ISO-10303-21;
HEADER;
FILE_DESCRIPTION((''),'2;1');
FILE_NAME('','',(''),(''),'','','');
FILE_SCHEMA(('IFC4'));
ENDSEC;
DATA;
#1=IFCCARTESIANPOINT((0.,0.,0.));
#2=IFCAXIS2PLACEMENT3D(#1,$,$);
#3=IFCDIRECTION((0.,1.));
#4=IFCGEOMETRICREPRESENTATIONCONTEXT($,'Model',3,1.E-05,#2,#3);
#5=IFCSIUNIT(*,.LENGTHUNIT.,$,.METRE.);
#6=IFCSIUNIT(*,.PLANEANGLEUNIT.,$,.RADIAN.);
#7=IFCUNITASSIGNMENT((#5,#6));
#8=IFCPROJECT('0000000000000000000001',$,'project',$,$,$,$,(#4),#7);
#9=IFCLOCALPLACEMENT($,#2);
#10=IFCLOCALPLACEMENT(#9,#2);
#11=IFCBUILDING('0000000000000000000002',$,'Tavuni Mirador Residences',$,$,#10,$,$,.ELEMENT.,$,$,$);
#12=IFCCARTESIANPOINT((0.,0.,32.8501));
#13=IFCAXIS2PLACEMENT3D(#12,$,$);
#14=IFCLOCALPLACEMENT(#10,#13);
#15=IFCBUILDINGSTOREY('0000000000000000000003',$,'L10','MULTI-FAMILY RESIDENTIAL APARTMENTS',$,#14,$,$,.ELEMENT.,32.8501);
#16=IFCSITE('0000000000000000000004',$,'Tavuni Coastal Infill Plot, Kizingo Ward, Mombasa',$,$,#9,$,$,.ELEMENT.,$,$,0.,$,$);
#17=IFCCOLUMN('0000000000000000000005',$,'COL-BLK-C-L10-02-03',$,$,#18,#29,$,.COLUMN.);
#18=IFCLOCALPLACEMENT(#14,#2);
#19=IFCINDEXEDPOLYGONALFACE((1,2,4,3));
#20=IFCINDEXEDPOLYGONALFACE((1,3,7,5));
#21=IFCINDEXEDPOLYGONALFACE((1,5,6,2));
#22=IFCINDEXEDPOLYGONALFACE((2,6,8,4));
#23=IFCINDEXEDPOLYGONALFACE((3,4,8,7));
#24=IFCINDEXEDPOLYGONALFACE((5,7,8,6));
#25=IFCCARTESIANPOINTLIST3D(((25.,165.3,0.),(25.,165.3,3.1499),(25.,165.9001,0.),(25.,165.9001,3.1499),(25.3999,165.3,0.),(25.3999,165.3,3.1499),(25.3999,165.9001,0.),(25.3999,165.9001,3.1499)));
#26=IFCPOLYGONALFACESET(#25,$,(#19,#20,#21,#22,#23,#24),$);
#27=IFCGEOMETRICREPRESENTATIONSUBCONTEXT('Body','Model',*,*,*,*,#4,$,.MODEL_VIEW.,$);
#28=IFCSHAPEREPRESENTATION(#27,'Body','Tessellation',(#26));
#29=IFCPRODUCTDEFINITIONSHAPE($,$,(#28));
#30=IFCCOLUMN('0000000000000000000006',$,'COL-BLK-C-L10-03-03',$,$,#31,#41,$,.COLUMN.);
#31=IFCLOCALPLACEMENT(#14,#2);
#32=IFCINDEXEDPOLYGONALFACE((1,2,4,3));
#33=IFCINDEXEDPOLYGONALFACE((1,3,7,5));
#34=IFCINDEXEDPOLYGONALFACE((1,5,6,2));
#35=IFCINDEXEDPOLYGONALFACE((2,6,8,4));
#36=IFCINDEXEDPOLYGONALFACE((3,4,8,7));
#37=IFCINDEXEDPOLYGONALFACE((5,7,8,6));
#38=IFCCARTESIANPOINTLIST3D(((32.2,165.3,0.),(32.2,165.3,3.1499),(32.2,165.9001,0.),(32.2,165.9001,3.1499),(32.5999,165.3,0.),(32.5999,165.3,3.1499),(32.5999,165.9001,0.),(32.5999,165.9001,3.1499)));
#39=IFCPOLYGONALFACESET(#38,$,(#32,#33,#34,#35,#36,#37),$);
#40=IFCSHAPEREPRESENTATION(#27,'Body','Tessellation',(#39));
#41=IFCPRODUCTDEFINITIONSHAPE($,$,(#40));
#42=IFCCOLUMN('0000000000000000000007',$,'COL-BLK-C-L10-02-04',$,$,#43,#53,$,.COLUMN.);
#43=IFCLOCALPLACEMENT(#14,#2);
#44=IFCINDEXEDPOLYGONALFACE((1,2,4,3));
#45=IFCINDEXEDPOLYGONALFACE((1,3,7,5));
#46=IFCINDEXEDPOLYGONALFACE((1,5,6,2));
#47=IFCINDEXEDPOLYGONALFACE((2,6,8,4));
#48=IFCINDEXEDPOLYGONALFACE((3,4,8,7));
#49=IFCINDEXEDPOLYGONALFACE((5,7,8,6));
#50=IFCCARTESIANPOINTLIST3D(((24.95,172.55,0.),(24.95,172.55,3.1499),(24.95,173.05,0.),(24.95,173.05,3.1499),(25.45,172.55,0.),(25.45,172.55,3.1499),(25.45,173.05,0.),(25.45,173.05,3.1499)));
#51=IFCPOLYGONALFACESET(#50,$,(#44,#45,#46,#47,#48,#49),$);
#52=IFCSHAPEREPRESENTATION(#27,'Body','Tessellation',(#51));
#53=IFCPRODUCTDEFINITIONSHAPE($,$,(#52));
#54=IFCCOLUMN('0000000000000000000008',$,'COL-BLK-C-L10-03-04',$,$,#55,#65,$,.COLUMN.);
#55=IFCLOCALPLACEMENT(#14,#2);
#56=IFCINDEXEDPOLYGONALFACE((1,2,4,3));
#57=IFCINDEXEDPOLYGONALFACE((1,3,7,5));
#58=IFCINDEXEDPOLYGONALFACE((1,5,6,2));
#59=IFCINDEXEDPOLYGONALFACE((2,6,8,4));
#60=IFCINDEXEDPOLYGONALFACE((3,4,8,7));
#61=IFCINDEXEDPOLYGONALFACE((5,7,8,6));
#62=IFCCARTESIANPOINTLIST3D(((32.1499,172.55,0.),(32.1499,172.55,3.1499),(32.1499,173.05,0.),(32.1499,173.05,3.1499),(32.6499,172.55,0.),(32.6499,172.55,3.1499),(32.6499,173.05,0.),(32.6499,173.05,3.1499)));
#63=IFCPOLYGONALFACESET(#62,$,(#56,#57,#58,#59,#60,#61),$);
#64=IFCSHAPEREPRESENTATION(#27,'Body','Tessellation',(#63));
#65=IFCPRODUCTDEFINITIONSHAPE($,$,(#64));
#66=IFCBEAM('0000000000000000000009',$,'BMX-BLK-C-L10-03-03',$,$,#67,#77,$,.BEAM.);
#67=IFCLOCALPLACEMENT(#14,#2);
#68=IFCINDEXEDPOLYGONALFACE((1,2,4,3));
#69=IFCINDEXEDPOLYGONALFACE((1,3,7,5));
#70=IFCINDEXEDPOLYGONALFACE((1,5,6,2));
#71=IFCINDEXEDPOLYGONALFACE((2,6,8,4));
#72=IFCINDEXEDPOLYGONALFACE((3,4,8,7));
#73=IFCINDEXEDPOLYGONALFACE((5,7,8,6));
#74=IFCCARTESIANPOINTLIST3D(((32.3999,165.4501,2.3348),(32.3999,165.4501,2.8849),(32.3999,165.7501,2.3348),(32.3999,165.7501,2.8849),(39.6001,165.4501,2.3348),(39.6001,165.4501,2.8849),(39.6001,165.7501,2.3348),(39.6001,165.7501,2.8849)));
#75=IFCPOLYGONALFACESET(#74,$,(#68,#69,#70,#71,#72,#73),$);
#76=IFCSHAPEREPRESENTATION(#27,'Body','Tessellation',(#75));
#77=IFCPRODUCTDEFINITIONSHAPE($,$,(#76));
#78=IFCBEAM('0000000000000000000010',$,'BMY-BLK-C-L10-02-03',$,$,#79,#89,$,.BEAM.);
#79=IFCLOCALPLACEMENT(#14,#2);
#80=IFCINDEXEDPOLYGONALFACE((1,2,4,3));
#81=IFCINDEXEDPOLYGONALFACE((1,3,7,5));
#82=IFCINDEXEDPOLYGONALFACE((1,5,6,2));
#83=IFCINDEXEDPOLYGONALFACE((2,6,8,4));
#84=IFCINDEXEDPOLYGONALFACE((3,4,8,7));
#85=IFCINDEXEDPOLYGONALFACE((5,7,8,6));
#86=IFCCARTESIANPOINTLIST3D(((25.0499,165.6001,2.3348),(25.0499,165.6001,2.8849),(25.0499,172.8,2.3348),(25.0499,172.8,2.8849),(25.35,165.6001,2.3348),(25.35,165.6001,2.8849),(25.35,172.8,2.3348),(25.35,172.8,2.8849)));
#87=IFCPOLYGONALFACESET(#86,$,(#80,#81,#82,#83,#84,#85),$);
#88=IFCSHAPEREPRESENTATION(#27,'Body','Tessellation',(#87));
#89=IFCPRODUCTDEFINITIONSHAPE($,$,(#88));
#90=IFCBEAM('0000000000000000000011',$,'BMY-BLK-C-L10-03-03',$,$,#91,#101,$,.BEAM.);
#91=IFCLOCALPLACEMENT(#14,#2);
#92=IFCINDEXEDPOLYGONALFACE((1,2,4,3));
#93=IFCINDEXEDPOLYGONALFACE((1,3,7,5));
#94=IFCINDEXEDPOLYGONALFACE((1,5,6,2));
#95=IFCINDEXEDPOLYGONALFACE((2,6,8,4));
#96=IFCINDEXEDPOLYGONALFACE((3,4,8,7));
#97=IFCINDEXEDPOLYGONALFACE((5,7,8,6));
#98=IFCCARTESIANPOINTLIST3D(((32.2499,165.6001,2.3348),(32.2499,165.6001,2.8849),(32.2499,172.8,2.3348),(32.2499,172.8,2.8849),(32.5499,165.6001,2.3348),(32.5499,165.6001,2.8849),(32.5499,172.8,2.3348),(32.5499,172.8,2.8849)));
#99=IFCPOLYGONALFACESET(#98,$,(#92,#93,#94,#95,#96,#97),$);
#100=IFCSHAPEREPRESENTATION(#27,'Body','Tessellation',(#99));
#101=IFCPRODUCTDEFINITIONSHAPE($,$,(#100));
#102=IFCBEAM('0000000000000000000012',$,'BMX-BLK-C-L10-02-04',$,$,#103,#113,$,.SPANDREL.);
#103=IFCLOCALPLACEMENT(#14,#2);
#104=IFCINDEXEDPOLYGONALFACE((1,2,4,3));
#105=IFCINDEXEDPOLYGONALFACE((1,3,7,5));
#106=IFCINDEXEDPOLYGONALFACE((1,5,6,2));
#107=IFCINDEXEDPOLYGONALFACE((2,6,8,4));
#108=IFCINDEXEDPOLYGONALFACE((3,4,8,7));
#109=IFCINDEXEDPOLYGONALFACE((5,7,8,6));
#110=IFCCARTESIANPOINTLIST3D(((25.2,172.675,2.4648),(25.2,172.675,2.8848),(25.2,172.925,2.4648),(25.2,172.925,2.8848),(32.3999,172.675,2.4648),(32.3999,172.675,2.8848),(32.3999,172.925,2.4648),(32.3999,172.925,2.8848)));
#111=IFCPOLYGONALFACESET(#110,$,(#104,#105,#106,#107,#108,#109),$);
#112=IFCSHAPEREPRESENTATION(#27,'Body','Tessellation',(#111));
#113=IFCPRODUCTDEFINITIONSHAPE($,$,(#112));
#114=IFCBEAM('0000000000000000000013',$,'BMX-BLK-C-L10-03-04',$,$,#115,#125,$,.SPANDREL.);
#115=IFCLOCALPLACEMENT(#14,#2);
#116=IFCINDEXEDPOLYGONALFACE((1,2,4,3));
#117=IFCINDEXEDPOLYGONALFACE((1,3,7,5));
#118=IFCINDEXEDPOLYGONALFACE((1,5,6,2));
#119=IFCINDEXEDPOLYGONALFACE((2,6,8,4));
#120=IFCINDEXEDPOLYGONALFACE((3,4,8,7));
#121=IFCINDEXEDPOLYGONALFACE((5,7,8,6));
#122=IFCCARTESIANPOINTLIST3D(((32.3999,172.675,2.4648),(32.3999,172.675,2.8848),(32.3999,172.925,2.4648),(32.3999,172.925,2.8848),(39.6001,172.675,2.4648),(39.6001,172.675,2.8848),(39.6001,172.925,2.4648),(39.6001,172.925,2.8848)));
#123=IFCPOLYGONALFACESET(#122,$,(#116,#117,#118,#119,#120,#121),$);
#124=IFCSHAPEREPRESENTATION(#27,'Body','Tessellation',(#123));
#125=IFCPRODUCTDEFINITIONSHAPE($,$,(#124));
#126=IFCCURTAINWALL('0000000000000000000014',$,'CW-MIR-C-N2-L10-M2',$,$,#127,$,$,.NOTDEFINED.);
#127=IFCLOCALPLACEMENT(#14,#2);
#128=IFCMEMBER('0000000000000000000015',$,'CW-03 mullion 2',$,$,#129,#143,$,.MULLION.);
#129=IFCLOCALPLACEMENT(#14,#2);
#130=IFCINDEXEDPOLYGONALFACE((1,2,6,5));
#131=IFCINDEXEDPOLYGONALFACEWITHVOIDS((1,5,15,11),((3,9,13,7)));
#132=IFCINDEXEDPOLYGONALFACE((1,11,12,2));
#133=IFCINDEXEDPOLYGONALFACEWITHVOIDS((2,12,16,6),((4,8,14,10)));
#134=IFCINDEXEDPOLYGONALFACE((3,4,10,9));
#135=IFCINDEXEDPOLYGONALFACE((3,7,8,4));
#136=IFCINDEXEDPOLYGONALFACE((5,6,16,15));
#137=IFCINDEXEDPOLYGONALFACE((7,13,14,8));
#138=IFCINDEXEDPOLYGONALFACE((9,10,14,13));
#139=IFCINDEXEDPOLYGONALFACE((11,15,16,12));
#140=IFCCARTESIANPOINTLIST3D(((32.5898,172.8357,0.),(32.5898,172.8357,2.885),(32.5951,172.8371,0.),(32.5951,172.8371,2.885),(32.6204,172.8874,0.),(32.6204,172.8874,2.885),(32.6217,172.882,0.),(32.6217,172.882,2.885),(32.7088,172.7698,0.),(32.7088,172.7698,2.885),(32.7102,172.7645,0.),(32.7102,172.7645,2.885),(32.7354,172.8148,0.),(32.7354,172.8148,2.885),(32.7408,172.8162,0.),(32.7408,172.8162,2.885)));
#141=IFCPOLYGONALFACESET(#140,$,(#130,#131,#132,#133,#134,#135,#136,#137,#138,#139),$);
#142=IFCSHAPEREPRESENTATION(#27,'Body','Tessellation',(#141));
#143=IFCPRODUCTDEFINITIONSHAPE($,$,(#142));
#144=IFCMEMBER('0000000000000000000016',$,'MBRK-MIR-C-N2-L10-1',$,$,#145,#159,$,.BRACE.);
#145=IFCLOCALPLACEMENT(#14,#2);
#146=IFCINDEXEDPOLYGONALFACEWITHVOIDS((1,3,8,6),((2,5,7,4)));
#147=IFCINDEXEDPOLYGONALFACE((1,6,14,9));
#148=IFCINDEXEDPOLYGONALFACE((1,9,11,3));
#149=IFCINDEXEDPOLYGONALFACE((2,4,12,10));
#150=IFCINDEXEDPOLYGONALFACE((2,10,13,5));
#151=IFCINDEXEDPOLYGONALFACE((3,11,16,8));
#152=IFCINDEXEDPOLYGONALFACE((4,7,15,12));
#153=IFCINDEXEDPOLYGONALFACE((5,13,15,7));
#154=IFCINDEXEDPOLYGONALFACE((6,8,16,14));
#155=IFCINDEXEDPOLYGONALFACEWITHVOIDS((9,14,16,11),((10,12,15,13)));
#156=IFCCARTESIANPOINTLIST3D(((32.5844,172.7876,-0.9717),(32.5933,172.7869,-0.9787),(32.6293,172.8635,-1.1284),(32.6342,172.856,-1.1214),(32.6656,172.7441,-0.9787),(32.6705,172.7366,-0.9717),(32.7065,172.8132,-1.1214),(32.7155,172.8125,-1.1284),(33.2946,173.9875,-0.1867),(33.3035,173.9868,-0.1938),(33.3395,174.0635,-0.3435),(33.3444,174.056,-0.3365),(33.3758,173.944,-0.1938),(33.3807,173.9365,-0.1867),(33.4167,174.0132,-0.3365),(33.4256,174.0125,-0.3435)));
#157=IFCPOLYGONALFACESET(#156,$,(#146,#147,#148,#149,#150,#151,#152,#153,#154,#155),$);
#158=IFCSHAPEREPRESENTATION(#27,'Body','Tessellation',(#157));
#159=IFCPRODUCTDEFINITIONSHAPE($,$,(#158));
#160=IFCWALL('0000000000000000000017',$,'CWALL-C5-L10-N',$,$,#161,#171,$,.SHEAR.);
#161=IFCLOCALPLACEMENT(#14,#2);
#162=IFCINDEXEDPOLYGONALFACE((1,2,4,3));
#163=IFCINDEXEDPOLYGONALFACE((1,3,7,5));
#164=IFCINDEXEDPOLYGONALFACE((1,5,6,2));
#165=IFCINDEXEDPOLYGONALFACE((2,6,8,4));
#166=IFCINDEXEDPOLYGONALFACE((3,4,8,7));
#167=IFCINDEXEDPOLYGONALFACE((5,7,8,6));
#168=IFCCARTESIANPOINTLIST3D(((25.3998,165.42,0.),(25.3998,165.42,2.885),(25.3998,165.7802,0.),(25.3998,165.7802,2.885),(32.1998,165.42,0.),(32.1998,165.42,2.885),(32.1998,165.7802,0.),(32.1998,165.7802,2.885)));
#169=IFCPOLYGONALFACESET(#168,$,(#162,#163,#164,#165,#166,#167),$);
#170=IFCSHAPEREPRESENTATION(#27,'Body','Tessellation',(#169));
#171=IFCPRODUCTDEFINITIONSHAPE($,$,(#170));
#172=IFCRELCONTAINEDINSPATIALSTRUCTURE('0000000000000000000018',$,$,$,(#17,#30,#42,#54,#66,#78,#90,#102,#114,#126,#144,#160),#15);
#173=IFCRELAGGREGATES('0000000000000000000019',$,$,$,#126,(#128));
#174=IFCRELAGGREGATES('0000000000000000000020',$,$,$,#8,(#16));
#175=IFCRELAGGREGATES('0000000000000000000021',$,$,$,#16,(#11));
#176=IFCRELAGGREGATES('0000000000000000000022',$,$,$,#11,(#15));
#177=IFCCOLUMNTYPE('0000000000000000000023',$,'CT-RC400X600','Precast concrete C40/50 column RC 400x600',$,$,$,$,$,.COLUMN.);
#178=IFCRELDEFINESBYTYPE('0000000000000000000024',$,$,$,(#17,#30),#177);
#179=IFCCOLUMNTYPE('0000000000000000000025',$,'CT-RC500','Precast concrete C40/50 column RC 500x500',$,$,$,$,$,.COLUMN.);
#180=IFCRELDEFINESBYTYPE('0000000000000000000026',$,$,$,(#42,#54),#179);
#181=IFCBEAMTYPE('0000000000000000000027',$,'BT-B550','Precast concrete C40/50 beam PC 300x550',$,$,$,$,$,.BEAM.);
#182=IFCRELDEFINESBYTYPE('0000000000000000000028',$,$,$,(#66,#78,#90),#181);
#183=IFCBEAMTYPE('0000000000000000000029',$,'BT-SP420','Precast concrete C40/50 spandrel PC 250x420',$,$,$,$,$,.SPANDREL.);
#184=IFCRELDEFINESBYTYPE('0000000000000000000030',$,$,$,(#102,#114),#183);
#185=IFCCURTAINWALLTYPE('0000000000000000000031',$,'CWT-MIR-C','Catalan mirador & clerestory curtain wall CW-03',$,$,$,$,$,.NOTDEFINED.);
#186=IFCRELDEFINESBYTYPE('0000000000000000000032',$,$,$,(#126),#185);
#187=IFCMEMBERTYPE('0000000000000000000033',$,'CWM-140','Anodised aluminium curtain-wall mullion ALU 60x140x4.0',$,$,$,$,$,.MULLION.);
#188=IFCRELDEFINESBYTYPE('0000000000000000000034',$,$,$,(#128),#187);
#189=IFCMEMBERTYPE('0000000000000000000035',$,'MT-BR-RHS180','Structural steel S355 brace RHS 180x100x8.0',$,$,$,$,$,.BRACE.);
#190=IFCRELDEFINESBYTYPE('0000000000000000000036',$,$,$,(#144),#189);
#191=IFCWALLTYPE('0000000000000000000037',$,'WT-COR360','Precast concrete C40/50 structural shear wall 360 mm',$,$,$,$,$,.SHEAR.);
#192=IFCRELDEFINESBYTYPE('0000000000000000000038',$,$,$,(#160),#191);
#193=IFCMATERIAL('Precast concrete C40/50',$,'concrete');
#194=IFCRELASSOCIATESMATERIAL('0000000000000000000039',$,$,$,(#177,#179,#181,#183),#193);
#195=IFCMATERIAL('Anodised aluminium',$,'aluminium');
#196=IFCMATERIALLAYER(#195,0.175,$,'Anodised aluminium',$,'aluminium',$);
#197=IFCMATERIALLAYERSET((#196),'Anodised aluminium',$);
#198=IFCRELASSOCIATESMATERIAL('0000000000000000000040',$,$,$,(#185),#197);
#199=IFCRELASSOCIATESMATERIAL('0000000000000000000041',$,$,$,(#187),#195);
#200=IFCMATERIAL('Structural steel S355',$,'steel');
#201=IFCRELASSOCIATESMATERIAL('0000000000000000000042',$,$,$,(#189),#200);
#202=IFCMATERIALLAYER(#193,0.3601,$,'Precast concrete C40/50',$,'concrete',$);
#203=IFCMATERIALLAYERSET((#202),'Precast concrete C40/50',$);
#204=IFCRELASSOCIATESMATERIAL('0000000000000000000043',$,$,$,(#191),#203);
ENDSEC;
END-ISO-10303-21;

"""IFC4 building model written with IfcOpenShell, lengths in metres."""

from ifc_helpers import new_model, si_unit, direction, frame, frame_2d, origin, origin_2d, place, context, subcontext, project, spatial, rectangle, hollow_rectangle, extrude, material, layer, layer_set, material_profile, profile_set, type_object, element, aggregate, save


model = new_model("IFC4")

# Units and contexts
model_context = context("Model", 3, precision=1e-05, world=origin(), true_north=direction((0.0, 1.0)))
body_context = subcontext(model_context, "Body", "Model", "MODEL_VIEW")
ifc_project = project(units=[si_unit("LENGTHUNIT", "METRE"), si_unit("PLANEANGLEUNIT", "RADIAN")], contexts=[model_context])

# Site, building, storey
site_placement = place(None, origin())
site = spatial("IfcSite", under=ifc_project, at=site_placement, Name="Tavuni Coastal Infill Plot, Kizingo Ward, Mombasa", CompositionType="ELEMENT", RefElevation=0.0)
building_placement = place(site_placement, origin())
building = spatial("IfcBuilding", under=site, at=building_placement, Name="Tavuni Mirador Residences", CompositionType="ELEMENT")
storey_placement = place(building_placement, frame((0.0, 0.0, 32.8501)))
storey = spatial("IfcBuildingStorey", under=building, at=storey_placement, Name="L10", Description="MULTI-FAMILY RESIDENTIAL APARTMENTS", CompositionType="ELEMENT", Elevation=32.8501)

# Columns
ifc_material_1 = material(Name="Precast concrete C40/50", Category="concrete")
ifc_material_profile_1 = material_profile(ifc_material_1, rectangle(XDim=0.3999, YDim=0.6001, at=origin_2d()), Name="RC 400x600", Category="concrete")
ifc_profile_set_1 = profile_set([ifc_material_profile_1], Name="Precast concrete C40/50")
column_type_1 = type_object("IfcColumnType", Name="CT-RC400X600", Description="Precast concrete C40/50 column RC 400x600", PredefinedType="COLUMN", material=ifc_profile_set_1)
for number, where, z_axis, x_axis, name in (
    (1, (25.2, 165.6001, 0.0), (0.0, 0.0, 1.0), (1.0, 0.0, 0.0), "COL-BLK-C-L10-02-03"),
    (2, (32.3999, 165.6001, 0.0), (0.0, 0.0, 1.0), (1.0, 0.0, 0.0), "COL-BLK-C-L10-03-03"),
):
    element("IfcColumn", number, at=place(storey_placement, frame(where, z_axis=z_axis, x_axis=x_axis)), inside=storey, type_object=column_type_1, Name=name, PredefinedType="COLUMN", context=body_context, shape_type="SweptSolid", body=[
        extrude(rectangle(XDim=0.3999, YDim=0.6001, at=origin_2d()), origin(), (0.0, 0.0, 1.0), 3.1499),
    ])
ifc_material_profile_2 = material_profile(ifc_material_1, rectangle(XDim=0.5, YDim=0.5, at=origin_2d()), Name="RC 500x500", Category="concrete")
ifc_profile_set_2 = profile_set([ifc_material_profile_2], Name="Precast concrete C40/50")
column_type_2 = type_object("IfcColumnType", Name="CT-RC500", Description="Precast concrete C40/50 column RC 500x500", PredefinedType="COLUMN", material=ifc_profile_set_2)
for number, where, z_axis, x_axis, name in (
    (3, (25.2, 172.8, 0.0), (0.0, 0.0, 1.0), (1.0, 0.0, 0.0), "COL-BLK-C-L10-02-04"),
    (4, (32.3999, 172.8, 0.0), (0.0, 0.0, 1.0), (1.0, 0.0, 0.0), "COL-BLK-C-L10-03-04"),
):
    element("IfcColumn", number, at=place(storey_placement, frame(where, z_axis=z_axis, x_axis=x_axis)), inside=storey, type_object=column_type_2, Name=name, PredefinedType="COLUMN", context=body_context, shape_type="SweptSolid", body=[
        extrude(rectangle(XDim=0.5, YDim=0.5, at=origin_2d()), origin(), (0.0, 0.0, 1.0), 3.1499),
    ])

# Beams
ifc_material_profile_3 = material_profile(ifc_material_1, rectangle(XDim=0.3, YDim=0.55, at=origin_2d()), Name="PC 300x550", Category="concrete")
ifc_profile_set_3 = profile_set([ifc_material_profile_3], Name="Precast concrete C40/50")
beam_type_1 = type_object("IfcBeamType", Name="BT-B550", Description="Precast concrete C40/50 beam PC 300x550", PredefinedType="BEAM", material=ifc_profile_set_3)
beam_1_placement = place(storey_placement, frame((32.3999, 165.6001, 2.6099), z_axis=(1.0, 0.0, 0.0), x_axis=(0.0, 1.0, 0.0)))
element("IfcBeam", 5, at=beam_1_placement, inside=storey, type_object=beam_type_1, Name="BMX-BLK-C-L10-03-03", PredefinedType="BEAM", context=body_context, shape_type="SweptSolid", body=[
    extrude(rectangle(XDim=0.3, YDim=0.55, at=origin_2d()), origin(), (0.0, 0.0, 1.0), 7.2002),
])
for number, where, z_axis, x_axis, name in (
    (6, (25.2, 165.6001, 2.6099), (0.0, 1.0, 0.0), (-1.0, 0.0, 0.0), "BMY-BLK-C-L10-02-03"),
    (7, (32.3999, 165.6001, 2.6099), (0.0, 1.0, 0.0), (-1.0, 0.0, 0.0), "BMY-BLK-C-L10-03-03"),
):
    element("IfcBeam", number, at=place(storey_placement, frame(where, z_axis=z_axis, x_axis=x_axis)), inside=storey, type_object=beam_type_1, Name=name, PredefinedType="BEAM", context=body_context, shape_type="SweptSolid", body=[
        extrude(rectangle(XDim=0.3, YDim=0.55, at=origin_2d()), origin(), (0.0, 0.0, 1.0), 7.2),
    ])
ifc_material_profile_4 = material_profile(ifc_material_1, rectangle(XDim=0.25, YDim=0.4199, at=origin_2d()), Name="PC 250x420", Category="concrete")
ifc_profile_set_4 = profile_set([ifc_material_profile_4], Name="Precast concrete C40/50")
beam_type_2 = type_object("IfcBeamType", Name="BT-SP420", Description="Precast concrete C40/50 spandrel PC 250x420", PredefinedType="SPANDREL", material=ifc_profile_set_4)
beam_2_placement = place(storey_placement, frame((25.2, 172.8, 2.6748), z_axis=(1.0, 0.0, 0.0), x_axis=(0.0, 1.0, 0.0)))
element("IfcBeam", 8, at=beam_2_placement, inside=storey, type_object=beam_type_2, Name="BMX-BLK-C-L10-02-04", PredefinedType="SPANDREL", context=body_context, shape_type="SweptSolid", body=[
    extrude(rectangle(XDim=0.25, YDim=0.4199, at=origin_2d()), origin(), (0.0, 0.0, 1.0), 7.2),
])
beam_3_placement = place(storey_placement, frame((32.3999, 172.8, 2.6748), z_axis=(1.0, 0.0, 0.0), x_axis=(0.0, 1.0, 0.0)))
element("IfcBeam", 9, at=beam_3_placement, inside=storey, type_object=beam_type_2, Name="BMX-BLK-C-L10-03-04", PredefinedType="SPANDREL", context=body_context, shape_type="SweptSolid", body=[
    extrude(rectangle(XDim=0.25, YDim=0.4199, at=origin_2d()), origin(), (0.0, 0.0, 1.0), 7.2002),
])

# Curtain wall, member
ifc_material_2 = material(Name="Anodised aluminium", Category="aluminium")
ifc_layer_1 = layer(ifc_material_2, 0.175, Name="Anodised aluminium", Category="aluminium")
ifc_layer_set_1 = layer_set([ifc_layer_1], Name="Anodised aluminium")
curtain_wall_type = type_object("IfcCurtainWallType", Name="CWT-MIR-C", Description="Catalan mirador & clerestory curtain wall CW-03", PredefinedType="NOTDEFINED", material=ifc_layer_set_1)
curtain_wall_placement = place(storey_placement, origin())
curtain_wall = element("IfcCurtainWall", 10, at=curtain_wall_placement, inside=storey, type_object=curtain_wall_type, Name="CW-MIR-C-N2-L10-M2", PredefinedType="NOTDEFINED")
ifc_material_profile_5 = material_profile(ifc_material_2, hollow_rectangle(XDim=0.0601, YDim=0.1399, WallThickness=0.0039, at=origin_2d()), Name="ALU 60x140x4.0", Category="aluminium")
ifc_profile_set_5 = profile_set([ifc_material_profile_5], Name="Anodised aluminium")
member_type_1 = type_object("IfcMemberType", Name="CWM-140", Description="Anodised aluminium curtain-wall mullion ALU 60x140x4.0", PredefinedType="MULLION", material=ifc_profile_set_5)
member_1_placement = place(storey_placement, frame((32.6653, 172.8259, 0.0), z_axis=(0.0, 0.0, 1.0), x_axis=(-0.509212, -0.860641, 0.0)))
member_1 = element("IfcMember", 11, at=member_1_placement, type_object=member_type_1, Name="CW-03 mullion 2", PredefinedType="MULLION", context=body_context, shape_type="SweptSolid", body=[
    extrude(hollow_rectangle(XDim=0.0601, YDim=0.1399, WallThickness=0.0039, at=origin_2d()), origin(), (0.0, 0.0, 1.0), 2.885),
])
aggregate(curtain_wall, [member_1])

# Member
ifc_material_3 = material(Name="Structural steel S355", Category="steel")
ifc_material_profile_6 = material_profile(ifc_material_3, hollow_rectangle(XDim=0.1001, YDim=0.1799, WallThickness=0.0081, at=origin_2d()), Name="RHS 180x100x8.0", Category="steel")
ifc_profile_set_6 = profile_set([ifc_material_profile_6], Name="Structural steel S355")
member_type_2 = type_object("IfcMemberType", Name="MT-BR-RHS180", Description="Structural steel S355 brace RHS 180x100x8.0", PredefinedType="BRACE", material=ifc_profile_set_6)
member_2_placement = place(storey_placement, frame((32.6499, 172.8, -1.05), z_axis=(0.443847, 0.749917, 0.490535), x_axis=(-0.860567, 0.509337, 0.0)))
element("IfcMember", 12, at=member_2_placement, inside=storey, type_object=member_type_2, Name="MBRK-MIR-C-N2-L10-1", PredefinedType="BRACE", context=body_context, shape_type="SweptSolid", body=[
    extrude(hollow_rectangle(XDim=0.1001, YDim=0.1799, WallThickness=0.0081, at=origin_2d()), origin(), (0.0, 0.0, 1.0), 1.6001),
])

# Wall
ifc_layer_2 = layer(ifc_material_1, 0.3601, Name="Precast concrete C40/50", Category="concrete")
ifc_layer_set_2 = layer_set([ifc_layer_2], Name="Precast concrete C40/50")
wall_type_1 = type_object("IfcWallType", Name="WT-COR360", Description="Precast concrete C40/50 structural shear wall 360 mm", PredefinedType="SHEAR", material=ifc_layer_set_2)
wall_1_placement = place(storey_placement, frame((25.3999, 165.6001, 0.0), z_axis=(0.0, 0.0, 1.0), x_axis=(1.0, 0.0, 0.0)))
element("IfcWall", 13, at=wall_1_placement, inside=storey, type_object=wall_type_1, Name="CWALL-C5-L10-N", PredefinedType="SHEAR", context=body_context, shape_type="SweptSolid", body=[
    extrude(rectangle(XDim=6.8, YDim=0.3601, at=frame_2d((3.3999, 0.0))), origin(), (0.0, 0.0, 1.0), 2.885),
])

save(model, "model.ifc")
